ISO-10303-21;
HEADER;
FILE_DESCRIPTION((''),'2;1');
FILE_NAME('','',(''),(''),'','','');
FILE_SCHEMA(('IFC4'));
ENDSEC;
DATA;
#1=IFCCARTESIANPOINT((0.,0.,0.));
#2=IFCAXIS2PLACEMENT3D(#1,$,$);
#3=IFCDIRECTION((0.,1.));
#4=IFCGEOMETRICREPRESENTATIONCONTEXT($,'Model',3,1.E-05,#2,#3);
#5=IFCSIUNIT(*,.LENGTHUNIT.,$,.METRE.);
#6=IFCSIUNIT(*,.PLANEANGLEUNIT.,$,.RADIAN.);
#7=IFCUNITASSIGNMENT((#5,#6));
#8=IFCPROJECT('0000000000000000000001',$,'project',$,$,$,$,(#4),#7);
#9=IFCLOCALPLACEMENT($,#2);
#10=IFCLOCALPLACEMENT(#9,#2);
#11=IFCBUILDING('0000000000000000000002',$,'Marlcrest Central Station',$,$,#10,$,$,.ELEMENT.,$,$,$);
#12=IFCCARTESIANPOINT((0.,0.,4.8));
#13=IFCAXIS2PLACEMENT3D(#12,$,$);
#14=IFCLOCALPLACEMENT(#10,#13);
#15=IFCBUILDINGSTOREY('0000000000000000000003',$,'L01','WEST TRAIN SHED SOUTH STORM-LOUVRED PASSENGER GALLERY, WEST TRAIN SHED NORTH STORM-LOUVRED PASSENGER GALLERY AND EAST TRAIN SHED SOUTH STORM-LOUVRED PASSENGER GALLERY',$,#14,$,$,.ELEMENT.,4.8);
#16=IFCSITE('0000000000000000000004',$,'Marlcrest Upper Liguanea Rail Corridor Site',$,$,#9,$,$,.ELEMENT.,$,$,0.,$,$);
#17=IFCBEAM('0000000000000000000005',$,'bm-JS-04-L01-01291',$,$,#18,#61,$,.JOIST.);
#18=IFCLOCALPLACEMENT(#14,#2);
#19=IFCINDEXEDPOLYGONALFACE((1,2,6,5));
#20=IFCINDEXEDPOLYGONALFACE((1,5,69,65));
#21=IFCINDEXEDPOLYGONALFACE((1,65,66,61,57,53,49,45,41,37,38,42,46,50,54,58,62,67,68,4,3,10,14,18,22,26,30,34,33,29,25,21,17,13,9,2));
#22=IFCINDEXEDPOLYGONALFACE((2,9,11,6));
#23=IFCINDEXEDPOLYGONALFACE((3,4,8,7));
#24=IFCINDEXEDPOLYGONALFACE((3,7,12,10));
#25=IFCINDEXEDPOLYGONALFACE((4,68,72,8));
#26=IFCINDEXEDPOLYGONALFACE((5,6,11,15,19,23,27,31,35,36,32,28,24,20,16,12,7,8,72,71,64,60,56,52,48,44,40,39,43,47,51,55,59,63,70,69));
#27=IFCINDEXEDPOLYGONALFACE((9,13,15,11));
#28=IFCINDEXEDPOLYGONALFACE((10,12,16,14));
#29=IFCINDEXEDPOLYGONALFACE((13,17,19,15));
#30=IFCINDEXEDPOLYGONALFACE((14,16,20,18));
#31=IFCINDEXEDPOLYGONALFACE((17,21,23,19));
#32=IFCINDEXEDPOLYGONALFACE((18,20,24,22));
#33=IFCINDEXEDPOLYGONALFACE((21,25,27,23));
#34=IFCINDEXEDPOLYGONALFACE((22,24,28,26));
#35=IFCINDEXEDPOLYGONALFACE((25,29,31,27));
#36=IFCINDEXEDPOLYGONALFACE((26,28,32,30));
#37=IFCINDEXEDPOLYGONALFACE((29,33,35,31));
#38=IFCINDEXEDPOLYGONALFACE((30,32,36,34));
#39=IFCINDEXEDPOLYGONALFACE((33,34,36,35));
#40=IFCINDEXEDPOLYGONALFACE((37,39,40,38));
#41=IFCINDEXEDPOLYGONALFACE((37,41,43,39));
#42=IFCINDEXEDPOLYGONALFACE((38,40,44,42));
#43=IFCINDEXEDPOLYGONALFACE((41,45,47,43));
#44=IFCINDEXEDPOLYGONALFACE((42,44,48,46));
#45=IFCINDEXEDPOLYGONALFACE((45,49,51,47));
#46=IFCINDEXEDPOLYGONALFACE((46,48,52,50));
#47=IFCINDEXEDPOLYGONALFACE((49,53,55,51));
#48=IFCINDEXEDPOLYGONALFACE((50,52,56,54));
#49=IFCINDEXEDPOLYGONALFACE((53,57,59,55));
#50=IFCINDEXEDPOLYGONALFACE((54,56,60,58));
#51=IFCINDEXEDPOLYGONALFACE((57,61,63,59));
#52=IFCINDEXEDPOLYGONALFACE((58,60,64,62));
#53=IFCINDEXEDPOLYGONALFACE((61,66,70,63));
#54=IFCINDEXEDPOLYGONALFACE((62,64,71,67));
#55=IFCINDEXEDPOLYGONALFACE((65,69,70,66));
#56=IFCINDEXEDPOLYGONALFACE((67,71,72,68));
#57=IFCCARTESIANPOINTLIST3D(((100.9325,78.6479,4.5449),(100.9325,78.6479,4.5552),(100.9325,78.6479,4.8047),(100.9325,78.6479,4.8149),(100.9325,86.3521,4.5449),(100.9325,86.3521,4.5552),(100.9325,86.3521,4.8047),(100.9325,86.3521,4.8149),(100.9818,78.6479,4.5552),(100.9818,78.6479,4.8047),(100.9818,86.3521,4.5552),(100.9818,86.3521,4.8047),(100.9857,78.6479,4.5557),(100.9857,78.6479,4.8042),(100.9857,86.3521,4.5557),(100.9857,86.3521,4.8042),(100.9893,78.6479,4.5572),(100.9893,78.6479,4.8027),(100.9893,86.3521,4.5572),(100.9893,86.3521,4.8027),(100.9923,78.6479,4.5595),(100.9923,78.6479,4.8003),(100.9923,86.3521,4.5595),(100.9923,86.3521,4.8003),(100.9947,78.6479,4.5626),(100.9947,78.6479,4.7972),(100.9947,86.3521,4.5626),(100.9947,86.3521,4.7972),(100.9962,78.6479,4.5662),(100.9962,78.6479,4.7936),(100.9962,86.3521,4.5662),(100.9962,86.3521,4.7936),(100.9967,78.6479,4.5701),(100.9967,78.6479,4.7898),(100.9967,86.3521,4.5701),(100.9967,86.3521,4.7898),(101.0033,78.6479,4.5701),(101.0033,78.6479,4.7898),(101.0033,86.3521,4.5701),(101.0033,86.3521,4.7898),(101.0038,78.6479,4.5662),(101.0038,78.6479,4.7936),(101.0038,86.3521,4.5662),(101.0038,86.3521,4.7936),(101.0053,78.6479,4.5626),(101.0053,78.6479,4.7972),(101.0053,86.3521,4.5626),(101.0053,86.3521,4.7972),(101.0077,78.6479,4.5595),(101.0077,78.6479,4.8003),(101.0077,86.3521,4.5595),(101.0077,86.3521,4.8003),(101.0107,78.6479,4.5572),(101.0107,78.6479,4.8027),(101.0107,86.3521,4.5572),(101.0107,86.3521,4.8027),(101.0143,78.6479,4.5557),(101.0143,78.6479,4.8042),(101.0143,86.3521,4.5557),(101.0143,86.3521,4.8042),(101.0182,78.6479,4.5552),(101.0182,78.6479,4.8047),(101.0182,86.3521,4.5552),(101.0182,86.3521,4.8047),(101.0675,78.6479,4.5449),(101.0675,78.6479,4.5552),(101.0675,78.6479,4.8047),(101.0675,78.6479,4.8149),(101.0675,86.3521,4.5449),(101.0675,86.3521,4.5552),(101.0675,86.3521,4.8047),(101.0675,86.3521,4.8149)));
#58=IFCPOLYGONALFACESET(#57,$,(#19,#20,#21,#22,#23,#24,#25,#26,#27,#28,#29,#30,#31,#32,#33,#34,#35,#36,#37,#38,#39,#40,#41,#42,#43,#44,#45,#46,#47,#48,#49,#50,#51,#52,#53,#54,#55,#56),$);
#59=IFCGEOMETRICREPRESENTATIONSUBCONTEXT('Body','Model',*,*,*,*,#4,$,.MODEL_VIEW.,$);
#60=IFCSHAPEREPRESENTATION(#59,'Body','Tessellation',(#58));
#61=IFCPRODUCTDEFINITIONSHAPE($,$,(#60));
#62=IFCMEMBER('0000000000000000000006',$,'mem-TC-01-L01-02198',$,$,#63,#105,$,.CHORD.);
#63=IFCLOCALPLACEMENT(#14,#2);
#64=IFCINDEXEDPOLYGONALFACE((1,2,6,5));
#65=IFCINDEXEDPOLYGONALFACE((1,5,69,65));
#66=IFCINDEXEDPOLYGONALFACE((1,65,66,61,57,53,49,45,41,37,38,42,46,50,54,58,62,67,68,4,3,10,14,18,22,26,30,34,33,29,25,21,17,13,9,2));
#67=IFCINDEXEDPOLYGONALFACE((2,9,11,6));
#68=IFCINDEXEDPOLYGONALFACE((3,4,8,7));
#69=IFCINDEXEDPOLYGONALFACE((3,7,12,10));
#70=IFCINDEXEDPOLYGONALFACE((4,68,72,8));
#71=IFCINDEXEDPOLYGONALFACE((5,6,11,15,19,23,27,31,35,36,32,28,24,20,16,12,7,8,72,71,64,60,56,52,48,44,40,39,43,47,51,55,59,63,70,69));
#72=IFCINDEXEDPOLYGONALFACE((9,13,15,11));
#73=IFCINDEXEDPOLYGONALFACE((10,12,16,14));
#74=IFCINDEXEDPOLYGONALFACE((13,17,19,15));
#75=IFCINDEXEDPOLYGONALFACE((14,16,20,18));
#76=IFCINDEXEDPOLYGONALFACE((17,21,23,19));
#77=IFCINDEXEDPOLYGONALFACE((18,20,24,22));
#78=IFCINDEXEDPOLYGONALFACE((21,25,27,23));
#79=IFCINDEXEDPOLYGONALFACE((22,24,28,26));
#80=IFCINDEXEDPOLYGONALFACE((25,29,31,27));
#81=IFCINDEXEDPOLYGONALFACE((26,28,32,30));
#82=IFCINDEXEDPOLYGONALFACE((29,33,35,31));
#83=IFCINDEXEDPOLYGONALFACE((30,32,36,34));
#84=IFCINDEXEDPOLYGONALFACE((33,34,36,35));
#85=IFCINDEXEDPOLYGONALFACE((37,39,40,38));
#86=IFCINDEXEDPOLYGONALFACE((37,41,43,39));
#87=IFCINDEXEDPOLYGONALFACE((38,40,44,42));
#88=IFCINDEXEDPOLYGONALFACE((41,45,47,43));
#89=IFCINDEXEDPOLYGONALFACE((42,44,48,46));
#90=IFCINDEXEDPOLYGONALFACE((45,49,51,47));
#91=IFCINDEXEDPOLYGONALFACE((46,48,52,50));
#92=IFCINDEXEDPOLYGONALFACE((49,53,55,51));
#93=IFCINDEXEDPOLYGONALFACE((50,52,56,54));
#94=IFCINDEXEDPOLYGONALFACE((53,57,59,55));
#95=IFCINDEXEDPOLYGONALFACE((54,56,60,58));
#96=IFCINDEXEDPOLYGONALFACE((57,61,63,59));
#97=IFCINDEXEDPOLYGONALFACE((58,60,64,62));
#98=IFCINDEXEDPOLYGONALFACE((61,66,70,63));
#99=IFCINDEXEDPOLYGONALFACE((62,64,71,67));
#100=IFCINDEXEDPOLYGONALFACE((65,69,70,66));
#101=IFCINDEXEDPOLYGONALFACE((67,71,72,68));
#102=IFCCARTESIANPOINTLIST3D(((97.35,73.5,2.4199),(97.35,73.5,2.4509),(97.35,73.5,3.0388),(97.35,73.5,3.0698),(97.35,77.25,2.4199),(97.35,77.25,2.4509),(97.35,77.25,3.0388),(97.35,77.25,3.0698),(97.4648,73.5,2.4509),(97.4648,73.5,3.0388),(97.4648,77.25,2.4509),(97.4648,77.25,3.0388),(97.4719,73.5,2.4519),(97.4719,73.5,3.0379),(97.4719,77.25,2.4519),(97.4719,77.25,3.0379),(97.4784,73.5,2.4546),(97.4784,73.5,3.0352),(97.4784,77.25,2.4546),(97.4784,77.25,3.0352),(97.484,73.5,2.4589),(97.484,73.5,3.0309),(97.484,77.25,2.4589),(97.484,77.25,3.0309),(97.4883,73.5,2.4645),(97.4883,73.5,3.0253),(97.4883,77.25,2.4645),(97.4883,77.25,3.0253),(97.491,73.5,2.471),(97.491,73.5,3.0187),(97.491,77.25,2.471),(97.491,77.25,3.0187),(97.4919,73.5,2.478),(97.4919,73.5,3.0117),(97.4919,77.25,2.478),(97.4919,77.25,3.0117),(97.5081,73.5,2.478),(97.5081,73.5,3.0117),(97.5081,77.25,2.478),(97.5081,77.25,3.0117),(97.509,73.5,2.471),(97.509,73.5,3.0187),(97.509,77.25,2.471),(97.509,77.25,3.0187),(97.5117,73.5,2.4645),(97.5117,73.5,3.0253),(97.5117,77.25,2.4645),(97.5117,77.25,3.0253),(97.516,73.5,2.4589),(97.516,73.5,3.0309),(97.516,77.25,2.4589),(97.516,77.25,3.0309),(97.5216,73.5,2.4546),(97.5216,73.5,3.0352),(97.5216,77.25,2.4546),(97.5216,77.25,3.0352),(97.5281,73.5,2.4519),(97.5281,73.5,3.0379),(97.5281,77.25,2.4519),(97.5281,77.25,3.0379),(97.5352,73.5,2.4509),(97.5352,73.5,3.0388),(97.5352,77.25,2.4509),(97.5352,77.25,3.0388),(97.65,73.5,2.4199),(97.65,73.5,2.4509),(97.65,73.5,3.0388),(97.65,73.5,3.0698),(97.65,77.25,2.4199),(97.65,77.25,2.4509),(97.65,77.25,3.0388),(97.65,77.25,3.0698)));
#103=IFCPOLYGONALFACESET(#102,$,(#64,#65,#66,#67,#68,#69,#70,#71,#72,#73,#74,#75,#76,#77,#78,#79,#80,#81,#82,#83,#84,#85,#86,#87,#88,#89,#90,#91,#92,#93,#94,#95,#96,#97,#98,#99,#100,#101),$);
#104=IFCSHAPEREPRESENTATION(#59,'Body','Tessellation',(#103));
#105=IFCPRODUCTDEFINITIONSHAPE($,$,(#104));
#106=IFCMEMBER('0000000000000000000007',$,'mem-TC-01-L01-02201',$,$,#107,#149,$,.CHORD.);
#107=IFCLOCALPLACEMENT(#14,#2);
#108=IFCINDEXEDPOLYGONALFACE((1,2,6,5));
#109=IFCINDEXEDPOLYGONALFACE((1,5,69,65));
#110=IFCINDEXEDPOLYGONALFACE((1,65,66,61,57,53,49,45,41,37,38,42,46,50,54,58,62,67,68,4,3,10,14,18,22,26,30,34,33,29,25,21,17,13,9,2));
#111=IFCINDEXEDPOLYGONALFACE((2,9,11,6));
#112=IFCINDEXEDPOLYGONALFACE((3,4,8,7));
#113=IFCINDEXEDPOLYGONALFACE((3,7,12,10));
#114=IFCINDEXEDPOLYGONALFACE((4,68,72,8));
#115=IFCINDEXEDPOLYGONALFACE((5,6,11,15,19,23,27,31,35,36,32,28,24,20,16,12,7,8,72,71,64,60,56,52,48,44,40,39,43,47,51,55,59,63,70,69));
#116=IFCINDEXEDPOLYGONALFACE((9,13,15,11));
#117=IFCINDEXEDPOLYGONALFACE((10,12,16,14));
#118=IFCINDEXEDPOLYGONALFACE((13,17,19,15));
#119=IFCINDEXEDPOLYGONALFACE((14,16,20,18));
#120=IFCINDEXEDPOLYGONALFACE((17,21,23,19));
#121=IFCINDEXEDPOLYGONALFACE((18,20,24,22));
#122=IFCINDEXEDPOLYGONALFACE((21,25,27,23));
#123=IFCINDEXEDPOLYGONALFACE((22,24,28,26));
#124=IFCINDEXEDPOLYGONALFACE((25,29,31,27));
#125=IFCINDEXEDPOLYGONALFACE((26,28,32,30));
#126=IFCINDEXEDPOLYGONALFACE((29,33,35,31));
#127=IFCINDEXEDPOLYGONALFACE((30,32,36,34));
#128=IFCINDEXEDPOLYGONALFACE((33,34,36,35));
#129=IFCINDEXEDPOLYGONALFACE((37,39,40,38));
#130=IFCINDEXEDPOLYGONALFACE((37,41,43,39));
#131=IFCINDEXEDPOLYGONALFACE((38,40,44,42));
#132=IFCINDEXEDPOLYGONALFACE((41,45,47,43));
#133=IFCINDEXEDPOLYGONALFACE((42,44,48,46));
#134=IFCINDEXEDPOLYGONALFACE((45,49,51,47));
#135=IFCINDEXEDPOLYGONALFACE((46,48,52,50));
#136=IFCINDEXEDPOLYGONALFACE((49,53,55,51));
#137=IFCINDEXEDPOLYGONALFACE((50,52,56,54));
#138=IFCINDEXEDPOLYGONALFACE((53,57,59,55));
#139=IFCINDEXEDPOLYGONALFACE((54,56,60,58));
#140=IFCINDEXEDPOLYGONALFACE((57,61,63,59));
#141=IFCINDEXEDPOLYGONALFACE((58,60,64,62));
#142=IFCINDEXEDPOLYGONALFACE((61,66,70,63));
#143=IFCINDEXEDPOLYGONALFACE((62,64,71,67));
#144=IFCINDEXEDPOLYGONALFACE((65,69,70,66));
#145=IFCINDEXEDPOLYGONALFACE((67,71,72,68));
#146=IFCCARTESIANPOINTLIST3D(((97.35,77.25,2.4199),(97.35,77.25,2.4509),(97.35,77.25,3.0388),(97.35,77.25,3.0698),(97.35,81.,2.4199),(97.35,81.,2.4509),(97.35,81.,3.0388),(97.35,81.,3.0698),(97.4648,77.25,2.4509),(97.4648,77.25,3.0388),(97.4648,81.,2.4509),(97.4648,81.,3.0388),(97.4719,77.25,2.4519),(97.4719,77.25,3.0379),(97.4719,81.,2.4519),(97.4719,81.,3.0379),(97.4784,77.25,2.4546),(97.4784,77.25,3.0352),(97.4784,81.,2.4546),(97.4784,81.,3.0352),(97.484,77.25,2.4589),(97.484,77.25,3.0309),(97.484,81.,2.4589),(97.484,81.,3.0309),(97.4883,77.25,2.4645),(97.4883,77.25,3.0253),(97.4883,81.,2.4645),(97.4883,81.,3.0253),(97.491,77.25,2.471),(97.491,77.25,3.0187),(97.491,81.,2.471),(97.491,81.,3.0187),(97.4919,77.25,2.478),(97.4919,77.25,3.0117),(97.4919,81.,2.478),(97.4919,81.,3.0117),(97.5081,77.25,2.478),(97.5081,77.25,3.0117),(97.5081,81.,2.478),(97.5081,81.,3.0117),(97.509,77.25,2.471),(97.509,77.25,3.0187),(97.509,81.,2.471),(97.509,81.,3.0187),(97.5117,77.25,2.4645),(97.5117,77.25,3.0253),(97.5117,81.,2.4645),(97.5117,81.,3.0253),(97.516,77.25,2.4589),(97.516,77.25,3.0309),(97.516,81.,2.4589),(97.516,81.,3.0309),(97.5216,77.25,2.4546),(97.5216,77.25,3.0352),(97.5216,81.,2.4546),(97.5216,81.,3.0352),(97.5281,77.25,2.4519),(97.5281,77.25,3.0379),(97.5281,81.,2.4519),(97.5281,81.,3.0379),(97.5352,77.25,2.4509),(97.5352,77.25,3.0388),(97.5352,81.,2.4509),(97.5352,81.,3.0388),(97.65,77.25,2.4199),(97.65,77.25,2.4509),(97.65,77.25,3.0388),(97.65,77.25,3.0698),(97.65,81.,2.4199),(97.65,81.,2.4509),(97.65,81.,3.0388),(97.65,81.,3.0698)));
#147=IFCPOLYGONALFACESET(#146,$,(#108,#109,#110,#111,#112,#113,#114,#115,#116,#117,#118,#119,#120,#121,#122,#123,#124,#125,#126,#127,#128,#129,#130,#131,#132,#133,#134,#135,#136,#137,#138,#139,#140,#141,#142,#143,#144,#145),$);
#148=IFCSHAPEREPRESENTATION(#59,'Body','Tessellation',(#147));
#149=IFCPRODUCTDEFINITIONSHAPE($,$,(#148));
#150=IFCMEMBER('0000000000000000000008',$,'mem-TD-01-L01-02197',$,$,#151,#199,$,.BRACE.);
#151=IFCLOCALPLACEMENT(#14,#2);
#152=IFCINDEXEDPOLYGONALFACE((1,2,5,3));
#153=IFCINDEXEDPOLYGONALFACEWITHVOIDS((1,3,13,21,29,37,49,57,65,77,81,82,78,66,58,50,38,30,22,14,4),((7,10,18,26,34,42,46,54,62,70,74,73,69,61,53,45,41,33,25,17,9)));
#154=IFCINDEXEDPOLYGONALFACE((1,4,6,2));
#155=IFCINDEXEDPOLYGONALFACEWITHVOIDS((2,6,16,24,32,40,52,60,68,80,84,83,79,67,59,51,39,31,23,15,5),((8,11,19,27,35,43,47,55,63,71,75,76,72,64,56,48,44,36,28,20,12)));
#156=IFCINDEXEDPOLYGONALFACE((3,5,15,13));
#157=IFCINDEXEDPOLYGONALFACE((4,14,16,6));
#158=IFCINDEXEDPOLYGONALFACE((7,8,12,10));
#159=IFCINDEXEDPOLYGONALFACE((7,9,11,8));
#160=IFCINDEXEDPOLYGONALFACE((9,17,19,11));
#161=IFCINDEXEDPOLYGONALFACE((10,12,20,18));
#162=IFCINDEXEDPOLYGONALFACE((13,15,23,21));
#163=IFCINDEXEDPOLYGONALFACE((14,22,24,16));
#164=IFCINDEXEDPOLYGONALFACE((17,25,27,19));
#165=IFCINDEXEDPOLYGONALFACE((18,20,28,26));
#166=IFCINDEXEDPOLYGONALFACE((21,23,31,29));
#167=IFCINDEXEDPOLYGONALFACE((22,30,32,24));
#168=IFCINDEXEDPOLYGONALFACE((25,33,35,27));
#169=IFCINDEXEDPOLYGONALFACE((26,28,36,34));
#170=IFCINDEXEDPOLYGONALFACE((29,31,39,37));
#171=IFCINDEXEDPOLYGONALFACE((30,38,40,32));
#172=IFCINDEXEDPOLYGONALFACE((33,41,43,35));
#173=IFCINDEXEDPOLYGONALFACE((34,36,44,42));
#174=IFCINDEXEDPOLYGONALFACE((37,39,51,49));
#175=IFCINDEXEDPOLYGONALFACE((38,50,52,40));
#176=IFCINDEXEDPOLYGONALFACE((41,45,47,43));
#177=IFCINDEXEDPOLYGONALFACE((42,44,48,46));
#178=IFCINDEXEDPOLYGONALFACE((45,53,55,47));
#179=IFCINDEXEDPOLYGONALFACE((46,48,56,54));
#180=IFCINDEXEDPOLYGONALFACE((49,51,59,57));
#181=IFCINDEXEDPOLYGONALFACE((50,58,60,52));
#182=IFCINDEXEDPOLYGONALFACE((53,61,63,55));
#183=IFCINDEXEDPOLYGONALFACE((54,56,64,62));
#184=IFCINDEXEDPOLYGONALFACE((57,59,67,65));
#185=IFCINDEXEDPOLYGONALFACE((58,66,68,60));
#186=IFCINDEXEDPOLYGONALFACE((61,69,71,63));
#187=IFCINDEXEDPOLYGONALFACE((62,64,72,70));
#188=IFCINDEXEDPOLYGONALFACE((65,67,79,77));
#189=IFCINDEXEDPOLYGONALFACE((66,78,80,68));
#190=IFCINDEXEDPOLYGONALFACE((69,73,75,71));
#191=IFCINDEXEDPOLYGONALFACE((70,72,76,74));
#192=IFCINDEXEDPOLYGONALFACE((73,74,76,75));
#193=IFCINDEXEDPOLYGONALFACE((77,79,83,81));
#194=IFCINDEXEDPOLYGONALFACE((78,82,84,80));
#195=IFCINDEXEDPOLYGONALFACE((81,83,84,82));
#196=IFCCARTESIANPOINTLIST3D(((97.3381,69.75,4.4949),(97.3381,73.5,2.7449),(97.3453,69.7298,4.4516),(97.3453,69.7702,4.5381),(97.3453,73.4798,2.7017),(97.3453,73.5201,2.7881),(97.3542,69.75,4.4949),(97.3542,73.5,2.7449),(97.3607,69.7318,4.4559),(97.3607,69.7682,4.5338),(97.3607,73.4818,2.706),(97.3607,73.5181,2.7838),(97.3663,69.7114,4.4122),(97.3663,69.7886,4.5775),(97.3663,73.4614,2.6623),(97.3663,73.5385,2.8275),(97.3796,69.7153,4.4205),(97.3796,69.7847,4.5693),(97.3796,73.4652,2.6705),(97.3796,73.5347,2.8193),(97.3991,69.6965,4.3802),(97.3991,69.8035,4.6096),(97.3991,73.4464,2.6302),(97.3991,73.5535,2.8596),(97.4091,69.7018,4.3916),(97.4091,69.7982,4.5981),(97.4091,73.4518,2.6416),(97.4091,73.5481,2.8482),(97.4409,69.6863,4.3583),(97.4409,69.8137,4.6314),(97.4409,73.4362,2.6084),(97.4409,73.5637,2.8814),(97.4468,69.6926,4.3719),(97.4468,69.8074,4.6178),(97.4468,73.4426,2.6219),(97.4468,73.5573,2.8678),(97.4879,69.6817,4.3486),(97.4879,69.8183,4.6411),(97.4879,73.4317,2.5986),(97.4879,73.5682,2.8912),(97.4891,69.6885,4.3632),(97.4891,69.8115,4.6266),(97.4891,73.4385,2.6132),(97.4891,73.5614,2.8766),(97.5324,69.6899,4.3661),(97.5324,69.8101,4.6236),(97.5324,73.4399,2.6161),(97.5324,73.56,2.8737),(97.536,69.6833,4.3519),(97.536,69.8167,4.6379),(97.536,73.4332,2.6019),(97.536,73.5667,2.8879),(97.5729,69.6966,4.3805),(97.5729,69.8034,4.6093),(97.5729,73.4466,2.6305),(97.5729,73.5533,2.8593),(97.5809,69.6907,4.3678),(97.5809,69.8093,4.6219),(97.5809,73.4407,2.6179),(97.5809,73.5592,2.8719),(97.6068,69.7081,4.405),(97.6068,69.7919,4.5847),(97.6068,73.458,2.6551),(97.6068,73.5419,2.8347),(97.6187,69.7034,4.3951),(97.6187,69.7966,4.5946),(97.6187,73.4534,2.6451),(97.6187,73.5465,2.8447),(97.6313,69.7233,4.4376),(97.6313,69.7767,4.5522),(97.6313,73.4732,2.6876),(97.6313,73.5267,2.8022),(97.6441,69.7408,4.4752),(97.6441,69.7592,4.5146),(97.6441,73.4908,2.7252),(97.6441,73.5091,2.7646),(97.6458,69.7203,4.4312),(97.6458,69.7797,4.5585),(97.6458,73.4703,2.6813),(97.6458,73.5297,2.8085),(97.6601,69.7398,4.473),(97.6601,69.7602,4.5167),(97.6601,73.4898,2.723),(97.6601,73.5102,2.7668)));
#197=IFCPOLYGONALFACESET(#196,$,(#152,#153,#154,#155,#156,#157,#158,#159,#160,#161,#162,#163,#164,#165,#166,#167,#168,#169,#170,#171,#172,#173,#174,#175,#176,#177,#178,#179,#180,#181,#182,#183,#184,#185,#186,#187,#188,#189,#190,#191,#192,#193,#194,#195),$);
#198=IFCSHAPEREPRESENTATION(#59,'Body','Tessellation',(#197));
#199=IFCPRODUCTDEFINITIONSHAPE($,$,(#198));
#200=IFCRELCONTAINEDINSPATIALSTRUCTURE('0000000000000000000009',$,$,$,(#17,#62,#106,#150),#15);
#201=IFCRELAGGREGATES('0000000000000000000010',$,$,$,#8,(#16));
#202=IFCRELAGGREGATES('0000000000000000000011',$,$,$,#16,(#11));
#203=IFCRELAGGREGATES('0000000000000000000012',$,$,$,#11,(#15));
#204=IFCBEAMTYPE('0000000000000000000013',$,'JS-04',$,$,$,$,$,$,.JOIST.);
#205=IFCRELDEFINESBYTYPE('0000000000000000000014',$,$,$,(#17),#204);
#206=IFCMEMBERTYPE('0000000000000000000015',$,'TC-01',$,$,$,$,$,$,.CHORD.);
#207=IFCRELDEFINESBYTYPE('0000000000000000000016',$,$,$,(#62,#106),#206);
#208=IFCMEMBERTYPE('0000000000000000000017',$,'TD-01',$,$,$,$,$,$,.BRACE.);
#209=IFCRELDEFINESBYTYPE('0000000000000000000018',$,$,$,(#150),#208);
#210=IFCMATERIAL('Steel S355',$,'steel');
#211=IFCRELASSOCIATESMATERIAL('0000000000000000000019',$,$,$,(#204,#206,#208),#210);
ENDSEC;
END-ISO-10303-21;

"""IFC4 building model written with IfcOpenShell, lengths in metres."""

from ifc_helpers import new_model, si_unit, direction, frame, origin, origin_2d, place, context, subcontext, project, spatial, hollow_circle, i_section, extrude, material, material_profile, profile_set, type_object, element, save


model = new_model("IFC4")

# Units and contexts
model_context = context("Model", 3, precision=1e-05, world=origin(), true_north=direction((0.0, 1.0)))
body_context = subcontext(model_context, "Body", "Model", "MODEL_VIEW")
ifc_project = project(units=[si_unit("LENGTHUNIT", "METRE"), si_unit("PLANEANGLEUNIT", "RADIAN")], contexts=[model_context])

# Site, building, storey
site_placement = place(None, origin())
site = spatial("IfcSite", under=ifc_project, at=site_placement, Name="Marlcrest Upper Liguanea Rail Corridor Site", CompositionType="ELEMENT", RefElevation=0.0)
building_placement = place(site_placement, origin())
building = spatial("IfcBuilding", under=site, at=building_placement, Name="Marlcrest Central Station", CompositionType="ELEMENT")
storey_placement = place(building_placement, frame((0.0, 0.0, 4.8)))
storey = spatial("IfcBuildingStorey", under=building, at=storey_placement, Name="L01", Description="WEST TRAIN SHED SOUTH STORM-LOUVRED PASSENGER GALLERY, WEST TRAIN SHED NORTH STORM-LOUVRED PASSENGER GALLERY AND EAST TRAIN SHED SOUTH STORM-LOUVRED PASSENGER GALLERY", CompositionType="ELEMENT", Elevation=4.8)

# Beam
ifc_material = material(Name="Steel S355", Category="steel")
ifc_material_profile_1 = material_profile(ifc_material, i_section(OverallWidth=0.135, OverallDepth=0.27, WebThickness=0.0066, FlangeThickness=0.0103, FilletRadius=0.0149, at=origin_2d()), Name="IPE 270")
ifc_profile_set_1 = profile_set([ifc_material_profile_1], Name="Steel S355")
beam_type_1 = type_object("IfcBeamType", Name="JS-04", PredefinedType="JOIST", material=ifc_profile_set_1)
for number, where, z_axis, x_axis, name in (
    (1, (101.0, 78.6479, 4.6799), (0.0, 1.0, 0.0), (-1.0, 0.0, 0.0), "bm-JS-04-L01-01291"),
):
    element("IfcBeam", number, at=place(storey_placement, frame(where, z_axis=z_axis, x_axis=x_axis)), inside=storey, type_object=beam_type_1, Name=name, PredefinedType="JOIST", context=body_context, shape_type="SweptSolid", body=[
        extrude(i_section(OverallWidth=0.135, OverallDepth=0.27, WebThickness=0.0066, FlangeThickness=0.0103, FilletRadius=0.0149, at=origin_2d()), origin(), (0.0, 0.0, 1.0), 7.7041),
    ])

# Members
ifc_material_profile_2 = material_profile(ifc_material, i_section(OverallWidth=0.3, OverallDepth=0.6499, WebThickness=0.0161, FlangeThickness=0.031, FilletRadius=0.0271, at=origin_2d()), Name="HEB 650")
ifc_profile_set_2 = profile_set([ifc_material_profile_2], Name="Steel S355")
member_type_1 = type_object("IfcMemberType", Name="TC-01", PredefinedType="CHORD", material=ifc_profile_set_2)
for number, where, z_axis, x_axis, name in (
    (2, (97.5, 73.5, 2.7449), (0.0, 1.0, 0.0), (-1.0, 0.0, 0.0), "mem-TC-01-L01-02198"),
    (3, (97.5, 77.25, 2.7449), (0.0, 1.0, 0.0), (-1.0, 0.0, 0.0), "mem-TC-01-L01-02201"),
):
    element("IfcMember", number, at=place(storey_placement, frame(where, z_axis=z_axis, x_axis=x_axis)), inside=storey, type_object=member_type_1, Name=name, PredefinedType="CHORD", context=body_context, shape_type="SweptSolid", body=[
        extrude(i_section(OverallWidth=0.3, OverallDepth=0.6499, WebThickness=0.0161, FlangeThickness=0.031, FilletRadius=0.0271, at=origin_2d()), origin(), (0.0, 0.0, 1.0), 3.75),
    ])
ifc_material_profile_3 = material_profile(ifc_material, hollow_circle(Radius=0.1619, WallThickness=0.0161, at=origin_2d()), Name="CHS 323.9x16")
ifc_profile_set_3 = profile_set([ifc_material_profile_3], Name="Steel S355")
member_type_2 = type_object("IfcMemberType", Name="TD-01", PredefinedType="BRACE", material=ifc_profile_set_3)
for number, where, z_axis, x_axis, name in (
    (4, (97.5, 69.75, 4.4949), (0.0, 0.906183, -0.422885), (-1.0, 0.0, 0.0), "mem-TD-01-L01-02197"),
):
    element("IfcMember", number, at=place(storey_placement, frame(where, z_axis=z_axis, x_axis=x_axis)), inside=storey, type_object=member_type_2, Name=name, PredefinedType="BRACE", context=body_context, shape_type="SweptSolid", body=[
        extrude(hollow_circle(Radius=0.1619, WallThickness=0.0161, at=origin_2d()), origin(), (0.0, 0.0, 1.0), 4.1382),
    ])

save(model, "model.ifc")
